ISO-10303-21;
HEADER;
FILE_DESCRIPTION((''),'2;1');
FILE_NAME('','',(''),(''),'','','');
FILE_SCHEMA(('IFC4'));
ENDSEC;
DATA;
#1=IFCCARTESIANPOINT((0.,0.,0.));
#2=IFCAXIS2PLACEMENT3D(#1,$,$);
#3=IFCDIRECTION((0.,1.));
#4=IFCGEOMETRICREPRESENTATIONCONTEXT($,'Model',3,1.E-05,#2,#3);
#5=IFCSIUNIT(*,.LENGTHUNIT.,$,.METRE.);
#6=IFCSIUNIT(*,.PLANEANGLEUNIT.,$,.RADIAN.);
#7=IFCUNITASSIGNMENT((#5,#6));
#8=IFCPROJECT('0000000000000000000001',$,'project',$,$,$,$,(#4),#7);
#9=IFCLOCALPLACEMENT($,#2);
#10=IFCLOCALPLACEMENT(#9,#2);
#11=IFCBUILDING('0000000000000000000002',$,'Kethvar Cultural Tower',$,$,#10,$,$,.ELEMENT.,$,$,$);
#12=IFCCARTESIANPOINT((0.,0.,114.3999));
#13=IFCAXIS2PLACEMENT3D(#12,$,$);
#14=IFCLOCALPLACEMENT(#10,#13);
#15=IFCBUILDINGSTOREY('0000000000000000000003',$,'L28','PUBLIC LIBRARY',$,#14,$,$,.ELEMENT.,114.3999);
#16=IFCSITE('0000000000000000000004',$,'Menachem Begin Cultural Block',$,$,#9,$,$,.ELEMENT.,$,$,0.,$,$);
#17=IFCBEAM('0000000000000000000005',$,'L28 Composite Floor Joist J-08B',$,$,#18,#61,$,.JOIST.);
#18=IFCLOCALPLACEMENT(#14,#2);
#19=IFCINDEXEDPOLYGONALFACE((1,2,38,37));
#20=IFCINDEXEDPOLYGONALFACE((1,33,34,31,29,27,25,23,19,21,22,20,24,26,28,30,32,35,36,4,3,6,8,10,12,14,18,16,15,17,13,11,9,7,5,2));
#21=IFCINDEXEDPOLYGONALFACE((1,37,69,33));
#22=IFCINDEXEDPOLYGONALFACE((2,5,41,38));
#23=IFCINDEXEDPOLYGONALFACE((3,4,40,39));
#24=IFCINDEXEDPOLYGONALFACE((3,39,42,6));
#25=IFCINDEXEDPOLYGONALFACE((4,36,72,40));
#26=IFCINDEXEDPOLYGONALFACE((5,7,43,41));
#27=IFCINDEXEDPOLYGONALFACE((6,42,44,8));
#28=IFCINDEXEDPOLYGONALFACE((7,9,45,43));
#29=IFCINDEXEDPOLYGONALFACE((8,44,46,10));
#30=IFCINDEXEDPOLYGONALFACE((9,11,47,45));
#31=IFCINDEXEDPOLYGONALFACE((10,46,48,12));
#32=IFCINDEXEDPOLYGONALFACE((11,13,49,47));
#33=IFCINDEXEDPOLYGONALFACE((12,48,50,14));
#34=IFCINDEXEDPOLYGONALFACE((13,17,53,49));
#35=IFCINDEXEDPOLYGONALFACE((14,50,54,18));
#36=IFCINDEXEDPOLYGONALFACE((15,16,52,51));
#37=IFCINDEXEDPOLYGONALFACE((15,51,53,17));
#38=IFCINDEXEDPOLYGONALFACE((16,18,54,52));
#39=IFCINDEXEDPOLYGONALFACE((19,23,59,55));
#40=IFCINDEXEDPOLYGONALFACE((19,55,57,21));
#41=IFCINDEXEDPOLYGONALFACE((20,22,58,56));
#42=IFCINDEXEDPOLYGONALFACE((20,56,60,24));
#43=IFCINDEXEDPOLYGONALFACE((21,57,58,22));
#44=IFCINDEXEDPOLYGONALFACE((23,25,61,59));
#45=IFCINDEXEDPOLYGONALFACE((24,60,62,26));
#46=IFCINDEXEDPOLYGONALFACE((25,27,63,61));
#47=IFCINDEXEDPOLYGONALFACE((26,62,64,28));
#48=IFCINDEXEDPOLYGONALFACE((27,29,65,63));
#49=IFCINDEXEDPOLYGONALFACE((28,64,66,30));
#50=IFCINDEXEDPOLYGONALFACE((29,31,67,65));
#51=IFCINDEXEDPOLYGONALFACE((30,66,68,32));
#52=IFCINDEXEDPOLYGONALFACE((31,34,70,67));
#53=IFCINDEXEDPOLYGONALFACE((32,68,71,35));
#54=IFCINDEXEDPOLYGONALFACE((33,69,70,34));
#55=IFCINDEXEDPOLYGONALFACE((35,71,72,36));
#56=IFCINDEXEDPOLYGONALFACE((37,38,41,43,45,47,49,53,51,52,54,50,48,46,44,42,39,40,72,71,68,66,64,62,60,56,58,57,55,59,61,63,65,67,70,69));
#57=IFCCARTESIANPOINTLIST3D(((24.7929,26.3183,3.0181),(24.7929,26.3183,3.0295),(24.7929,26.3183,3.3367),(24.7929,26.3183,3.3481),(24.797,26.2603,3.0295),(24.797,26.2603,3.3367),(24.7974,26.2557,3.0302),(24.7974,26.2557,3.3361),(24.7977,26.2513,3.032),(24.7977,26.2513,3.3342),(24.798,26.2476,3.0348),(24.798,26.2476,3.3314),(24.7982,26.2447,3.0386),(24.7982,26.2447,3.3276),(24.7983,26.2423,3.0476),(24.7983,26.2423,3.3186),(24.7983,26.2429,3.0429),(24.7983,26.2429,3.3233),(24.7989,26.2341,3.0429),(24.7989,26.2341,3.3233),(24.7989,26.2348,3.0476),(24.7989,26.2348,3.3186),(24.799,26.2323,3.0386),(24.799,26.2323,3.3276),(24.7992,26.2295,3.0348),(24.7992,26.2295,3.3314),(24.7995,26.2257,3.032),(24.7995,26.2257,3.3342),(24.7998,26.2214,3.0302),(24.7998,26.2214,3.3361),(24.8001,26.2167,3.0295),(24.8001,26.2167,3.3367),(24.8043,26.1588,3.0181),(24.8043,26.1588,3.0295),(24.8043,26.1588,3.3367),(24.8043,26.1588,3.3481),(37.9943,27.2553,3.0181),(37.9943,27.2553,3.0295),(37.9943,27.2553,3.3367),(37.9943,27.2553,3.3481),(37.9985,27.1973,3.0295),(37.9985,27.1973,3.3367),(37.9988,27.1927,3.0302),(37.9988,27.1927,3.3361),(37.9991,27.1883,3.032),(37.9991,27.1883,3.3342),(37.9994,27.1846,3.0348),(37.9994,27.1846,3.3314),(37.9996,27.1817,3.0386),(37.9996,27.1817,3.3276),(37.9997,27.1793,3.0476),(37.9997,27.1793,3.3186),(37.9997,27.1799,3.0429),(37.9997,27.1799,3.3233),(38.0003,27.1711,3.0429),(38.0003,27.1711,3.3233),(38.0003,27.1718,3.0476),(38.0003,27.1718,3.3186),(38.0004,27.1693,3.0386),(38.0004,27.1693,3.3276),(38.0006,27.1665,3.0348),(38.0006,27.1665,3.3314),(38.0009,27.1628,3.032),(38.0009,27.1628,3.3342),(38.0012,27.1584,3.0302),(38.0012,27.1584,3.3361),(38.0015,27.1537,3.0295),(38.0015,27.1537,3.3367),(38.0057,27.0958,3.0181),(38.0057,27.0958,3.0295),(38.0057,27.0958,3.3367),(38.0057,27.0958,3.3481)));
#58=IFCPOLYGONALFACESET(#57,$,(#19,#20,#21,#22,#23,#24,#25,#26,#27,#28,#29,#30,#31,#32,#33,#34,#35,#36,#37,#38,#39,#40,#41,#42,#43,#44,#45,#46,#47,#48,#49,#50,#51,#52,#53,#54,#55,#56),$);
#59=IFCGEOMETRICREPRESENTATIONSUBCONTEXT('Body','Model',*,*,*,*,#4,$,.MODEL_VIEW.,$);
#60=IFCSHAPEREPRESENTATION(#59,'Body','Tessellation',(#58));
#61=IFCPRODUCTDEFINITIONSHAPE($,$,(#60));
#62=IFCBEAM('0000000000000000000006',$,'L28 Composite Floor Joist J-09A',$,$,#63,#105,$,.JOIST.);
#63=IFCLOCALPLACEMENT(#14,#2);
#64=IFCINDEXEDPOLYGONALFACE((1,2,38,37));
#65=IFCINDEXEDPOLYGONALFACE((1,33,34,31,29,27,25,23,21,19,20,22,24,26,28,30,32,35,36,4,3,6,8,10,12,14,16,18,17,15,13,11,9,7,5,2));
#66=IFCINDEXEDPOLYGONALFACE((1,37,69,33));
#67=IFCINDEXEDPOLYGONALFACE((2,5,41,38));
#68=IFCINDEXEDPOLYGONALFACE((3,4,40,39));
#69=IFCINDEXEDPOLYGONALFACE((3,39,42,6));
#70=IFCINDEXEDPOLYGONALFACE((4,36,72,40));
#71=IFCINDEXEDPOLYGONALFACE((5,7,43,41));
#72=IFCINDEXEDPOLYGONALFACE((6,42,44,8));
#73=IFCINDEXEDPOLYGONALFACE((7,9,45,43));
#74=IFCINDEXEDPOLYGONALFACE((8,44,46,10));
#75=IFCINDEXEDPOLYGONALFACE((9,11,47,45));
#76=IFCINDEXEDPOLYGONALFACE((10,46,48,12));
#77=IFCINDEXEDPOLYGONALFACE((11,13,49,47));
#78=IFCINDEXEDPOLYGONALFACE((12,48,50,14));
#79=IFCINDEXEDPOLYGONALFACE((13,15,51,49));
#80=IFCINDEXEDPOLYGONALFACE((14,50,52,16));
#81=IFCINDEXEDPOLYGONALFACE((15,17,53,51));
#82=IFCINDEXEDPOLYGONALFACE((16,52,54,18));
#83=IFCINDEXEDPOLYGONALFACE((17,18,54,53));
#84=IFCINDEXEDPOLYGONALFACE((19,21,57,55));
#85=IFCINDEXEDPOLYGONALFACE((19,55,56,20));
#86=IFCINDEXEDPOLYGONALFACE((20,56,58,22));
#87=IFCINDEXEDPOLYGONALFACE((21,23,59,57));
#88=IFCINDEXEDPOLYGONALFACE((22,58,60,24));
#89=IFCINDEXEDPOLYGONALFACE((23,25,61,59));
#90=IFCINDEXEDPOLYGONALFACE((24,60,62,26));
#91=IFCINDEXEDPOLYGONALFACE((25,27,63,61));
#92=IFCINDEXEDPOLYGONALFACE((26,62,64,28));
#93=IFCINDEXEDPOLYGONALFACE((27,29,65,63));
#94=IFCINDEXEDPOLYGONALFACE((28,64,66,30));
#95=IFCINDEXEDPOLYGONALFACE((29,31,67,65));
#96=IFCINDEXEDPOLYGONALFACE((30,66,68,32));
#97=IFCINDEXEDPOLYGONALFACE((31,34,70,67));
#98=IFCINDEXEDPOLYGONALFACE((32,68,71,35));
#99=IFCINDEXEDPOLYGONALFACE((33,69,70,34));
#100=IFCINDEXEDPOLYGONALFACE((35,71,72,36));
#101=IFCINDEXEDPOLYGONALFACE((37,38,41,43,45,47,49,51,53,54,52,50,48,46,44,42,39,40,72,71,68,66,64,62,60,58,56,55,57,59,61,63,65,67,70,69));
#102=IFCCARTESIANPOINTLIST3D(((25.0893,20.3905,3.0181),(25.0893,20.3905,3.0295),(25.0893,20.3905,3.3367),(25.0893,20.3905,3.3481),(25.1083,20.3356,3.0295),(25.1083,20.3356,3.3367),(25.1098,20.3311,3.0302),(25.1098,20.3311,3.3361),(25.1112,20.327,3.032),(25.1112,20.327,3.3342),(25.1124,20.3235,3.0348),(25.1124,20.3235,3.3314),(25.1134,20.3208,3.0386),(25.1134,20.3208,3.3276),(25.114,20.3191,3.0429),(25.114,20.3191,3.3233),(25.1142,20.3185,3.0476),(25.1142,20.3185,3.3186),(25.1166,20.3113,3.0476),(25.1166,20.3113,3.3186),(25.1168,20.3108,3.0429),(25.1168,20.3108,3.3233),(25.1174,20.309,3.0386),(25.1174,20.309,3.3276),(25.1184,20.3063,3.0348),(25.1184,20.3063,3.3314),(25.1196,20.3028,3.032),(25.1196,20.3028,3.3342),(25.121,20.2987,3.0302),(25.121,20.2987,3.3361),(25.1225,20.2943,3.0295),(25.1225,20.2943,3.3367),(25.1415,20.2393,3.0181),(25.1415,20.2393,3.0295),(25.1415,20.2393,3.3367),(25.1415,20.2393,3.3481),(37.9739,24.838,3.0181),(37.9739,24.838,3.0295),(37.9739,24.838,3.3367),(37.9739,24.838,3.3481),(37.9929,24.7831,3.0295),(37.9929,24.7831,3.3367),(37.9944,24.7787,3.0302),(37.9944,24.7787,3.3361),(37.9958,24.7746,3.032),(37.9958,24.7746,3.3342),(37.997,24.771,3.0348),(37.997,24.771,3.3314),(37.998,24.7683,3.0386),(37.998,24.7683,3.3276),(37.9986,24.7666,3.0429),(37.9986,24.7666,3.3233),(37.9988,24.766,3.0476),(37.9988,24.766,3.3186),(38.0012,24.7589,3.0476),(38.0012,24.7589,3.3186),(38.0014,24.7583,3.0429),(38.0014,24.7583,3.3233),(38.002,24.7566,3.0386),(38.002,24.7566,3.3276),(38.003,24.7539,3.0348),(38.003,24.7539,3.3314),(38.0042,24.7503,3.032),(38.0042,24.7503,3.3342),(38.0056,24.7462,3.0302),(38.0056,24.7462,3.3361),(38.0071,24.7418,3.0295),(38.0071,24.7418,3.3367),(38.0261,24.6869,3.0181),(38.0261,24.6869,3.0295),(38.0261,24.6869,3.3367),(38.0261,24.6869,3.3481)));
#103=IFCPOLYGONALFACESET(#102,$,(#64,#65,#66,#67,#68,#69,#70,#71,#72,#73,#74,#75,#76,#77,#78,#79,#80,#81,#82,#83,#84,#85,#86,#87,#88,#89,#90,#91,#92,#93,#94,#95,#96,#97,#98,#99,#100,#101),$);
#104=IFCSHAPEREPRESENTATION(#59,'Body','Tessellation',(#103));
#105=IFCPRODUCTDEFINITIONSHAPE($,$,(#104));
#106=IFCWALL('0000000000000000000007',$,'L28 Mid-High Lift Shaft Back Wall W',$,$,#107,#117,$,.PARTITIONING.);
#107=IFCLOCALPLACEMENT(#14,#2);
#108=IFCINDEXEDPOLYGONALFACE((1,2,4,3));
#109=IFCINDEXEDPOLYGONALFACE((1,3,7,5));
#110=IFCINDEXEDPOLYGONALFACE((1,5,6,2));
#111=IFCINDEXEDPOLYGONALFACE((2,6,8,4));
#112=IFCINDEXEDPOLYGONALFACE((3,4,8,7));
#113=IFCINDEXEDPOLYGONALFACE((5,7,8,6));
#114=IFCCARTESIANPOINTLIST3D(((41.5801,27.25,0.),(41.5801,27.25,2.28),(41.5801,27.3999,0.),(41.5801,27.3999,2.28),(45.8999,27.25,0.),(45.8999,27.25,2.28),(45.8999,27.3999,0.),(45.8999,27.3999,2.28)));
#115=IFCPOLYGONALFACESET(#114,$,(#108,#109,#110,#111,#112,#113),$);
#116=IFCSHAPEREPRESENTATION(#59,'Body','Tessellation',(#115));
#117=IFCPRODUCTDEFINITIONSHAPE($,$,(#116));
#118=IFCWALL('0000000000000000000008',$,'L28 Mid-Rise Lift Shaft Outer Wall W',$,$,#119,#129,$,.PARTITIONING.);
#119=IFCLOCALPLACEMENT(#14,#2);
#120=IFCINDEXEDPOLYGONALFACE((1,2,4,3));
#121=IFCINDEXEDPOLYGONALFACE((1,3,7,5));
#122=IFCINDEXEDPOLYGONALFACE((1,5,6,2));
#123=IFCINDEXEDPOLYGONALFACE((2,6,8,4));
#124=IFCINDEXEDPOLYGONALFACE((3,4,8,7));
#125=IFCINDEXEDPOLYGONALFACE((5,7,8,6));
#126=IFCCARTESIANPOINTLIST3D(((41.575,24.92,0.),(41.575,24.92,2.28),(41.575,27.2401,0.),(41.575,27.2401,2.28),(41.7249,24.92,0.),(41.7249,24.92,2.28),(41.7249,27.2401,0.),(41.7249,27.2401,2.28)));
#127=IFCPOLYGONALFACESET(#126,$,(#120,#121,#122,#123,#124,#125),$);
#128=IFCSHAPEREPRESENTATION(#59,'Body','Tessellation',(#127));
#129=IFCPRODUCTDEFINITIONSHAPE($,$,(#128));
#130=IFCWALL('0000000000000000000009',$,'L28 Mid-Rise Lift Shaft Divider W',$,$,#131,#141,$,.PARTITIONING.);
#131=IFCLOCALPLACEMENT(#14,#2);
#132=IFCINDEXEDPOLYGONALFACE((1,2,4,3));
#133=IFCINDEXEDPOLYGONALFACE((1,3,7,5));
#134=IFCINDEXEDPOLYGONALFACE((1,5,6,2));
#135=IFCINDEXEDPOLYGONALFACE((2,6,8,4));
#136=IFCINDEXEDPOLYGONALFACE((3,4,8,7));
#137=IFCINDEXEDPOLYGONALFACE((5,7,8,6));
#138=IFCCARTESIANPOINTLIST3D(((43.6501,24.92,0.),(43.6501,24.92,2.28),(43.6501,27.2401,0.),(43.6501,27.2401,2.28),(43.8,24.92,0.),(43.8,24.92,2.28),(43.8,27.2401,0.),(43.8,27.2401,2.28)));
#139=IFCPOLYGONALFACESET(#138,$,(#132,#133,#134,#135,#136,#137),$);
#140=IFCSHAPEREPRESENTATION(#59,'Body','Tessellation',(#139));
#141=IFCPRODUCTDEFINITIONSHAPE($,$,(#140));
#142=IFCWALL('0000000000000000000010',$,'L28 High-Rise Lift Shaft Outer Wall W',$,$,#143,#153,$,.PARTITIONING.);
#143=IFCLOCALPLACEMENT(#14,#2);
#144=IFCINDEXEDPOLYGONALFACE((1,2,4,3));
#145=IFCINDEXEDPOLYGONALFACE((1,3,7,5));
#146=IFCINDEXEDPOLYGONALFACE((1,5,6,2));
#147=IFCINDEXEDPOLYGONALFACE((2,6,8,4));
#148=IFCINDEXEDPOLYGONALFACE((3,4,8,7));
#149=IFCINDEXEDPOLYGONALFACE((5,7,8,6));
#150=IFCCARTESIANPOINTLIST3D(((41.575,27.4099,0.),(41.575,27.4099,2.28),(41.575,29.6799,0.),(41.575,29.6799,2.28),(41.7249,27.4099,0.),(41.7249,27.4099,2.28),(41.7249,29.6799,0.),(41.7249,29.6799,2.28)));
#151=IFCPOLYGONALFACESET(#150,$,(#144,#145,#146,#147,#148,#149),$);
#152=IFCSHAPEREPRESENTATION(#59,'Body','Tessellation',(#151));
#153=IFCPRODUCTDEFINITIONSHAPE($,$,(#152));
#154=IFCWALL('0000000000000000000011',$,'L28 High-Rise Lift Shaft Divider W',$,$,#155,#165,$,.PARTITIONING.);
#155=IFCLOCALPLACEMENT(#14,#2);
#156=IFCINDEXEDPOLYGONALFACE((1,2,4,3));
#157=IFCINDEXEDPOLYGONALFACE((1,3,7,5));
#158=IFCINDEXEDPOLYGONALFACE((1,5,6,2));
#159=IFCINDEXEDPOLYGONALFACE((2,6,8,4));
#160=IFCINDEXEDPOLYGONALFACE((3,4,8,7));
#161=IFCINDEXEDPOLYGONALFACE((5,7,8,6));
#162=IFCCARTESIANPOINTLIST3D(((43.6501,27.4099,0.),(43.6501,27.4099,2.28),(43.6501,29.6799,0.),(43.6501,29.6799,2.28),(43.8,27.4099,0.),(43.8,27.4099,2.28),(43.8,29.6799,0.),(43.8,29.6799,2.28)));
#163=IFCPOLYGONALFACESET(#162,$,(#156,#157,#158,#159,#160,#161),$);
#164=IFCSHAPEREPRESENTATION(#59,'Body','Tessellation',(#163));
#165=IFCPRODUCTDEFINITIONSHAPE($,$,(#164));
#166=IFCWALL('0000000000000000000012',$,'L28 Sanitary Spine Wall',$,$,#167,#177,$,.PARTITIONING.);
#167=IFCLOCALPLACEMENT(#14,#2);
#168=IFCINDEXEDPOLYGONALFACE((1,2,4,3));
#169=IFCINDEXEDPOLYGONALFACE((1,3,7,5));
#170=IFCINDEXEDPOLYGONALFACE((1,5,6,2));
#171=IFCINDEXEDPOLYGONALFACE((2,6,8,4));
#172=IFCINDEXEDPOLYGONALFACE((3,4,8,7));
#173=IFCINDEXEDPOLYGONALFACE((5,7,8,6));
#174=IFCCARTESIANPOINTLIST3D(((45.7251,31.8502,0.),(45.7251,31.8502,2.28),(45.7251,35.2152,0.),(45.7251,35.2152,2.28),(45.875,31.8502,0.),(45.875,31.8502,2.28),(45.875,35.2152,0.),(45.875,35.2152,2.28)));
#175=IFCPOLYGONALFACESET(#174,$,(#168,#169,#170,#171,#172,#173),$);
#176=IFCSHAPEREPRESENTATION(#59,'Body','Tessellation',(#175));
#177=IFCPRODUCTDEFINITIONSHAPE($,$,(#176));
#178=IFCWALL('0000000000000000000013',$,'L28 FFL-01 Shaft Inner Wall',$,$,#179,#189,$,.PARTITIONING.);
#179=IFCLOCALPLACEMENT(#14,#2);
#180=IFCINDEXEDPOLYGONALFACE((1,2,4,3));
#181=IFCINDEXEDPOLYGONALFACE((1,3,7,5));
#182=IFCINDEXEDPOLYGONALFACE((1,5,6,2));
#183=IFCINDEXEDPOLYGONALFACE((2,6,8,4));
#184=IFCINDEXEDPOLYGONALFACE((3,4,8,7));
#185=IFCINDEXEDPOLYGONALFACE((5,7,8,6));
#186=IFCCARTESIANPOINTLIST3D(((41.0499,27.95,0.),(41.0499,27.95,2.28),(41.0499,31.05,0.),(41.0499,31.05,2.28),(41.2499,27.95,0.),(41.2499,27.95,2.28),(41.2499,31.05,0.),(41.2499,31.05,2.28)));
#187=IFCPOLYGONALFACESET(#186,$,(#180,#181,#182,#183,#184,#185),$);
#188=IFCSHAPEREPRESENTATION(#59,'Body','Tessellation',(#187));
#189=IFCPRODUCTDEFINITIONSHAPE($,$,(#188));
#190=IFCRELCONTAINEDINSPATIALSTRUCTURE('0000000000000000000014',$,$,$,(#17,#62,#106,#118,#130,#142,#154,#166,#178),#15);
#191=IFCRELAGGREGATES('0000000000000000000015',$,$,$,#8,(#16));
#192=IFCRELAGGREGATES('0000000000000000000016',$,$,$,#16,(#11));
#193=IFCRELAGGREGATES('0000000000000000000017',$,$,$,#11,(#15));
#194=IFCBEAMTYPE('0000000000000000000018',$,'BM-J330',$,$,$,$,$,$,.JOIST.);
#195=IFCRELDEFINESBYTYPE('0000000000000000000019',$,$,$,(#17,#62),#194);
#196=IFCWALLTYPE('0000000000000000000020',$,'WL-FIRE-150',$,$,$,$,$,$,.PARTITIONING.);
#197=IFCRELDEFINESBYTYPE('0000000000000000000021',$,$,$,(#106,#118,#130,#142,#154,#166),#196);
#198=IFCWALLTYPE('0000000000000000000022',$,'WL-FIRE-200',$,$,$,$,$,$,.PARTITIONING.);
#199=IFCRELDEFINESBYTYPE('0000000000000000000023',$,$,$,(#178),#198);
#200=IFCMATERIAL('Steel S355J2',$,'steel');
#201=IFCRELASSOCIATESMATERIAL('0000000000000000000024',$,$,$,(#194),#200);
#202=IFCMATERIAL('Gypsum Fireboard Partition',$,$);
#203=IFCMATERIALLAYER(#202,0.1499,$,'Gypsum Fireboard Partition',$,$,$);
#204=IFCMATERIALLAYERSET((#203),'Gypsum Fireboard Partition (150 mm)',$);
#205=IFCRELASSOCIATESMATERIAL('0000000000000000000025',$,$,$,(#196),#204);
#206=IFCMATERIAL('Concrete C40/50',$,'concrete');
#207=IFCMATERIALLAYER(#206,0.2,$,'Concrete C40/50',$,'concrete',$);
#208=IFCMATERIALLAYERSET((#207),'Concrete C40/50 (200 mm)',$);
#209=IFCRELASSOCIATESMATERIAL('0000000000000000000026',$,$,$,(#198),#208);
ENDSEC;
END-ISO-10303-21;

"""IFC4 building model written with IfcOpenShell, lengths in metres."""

from ifc_helpers import new_model, si_unit, direction, frame, frame_2d, origin, origin_2d, place, context, subcontext, project, spatial, rectangle, i_section, extrude, source, transform, mapped, material, layer, layer_set, material_profile, profile_set, type_object, element, save


model = new_model("IFC4")

# Units and contexts
model_context = context("Model", 3, precision=1e-05, world=origin(), true_north=direction((0.0, 1.0)))
body_context = subcontext(model_context, "Body", "Model", "MODEL_VIEW")
ifc_project = project(units=[si_unit("LENGTHUNIT", "METRE"), si_unit("PLANEANGLEUNIT", "RADIAN")], contexts=[model_context])

# Site, building, storey
site_placement = place(None, origin())
site = spatial("IfcSite", under=ifc_project, at=site_placement, Name="Menachem Begin Cultural Block", CompositionType="ELEMENT", RefElevation=0.0)
building_placement = place(site_placement, origin())
building = spatial("IfcBuilding", under=site, at=building_placement, Name="Kethvar Cultural Tower", CompositionType="ELEMENT")
storey_placement = place(building_placement, frame((0.0, 0.0, 114.3999)))
storey = spatial("IfcBuildingStorey", under=building, at=storey_placement, Name="L28", Description="PUBLIC LIBRARY", CompositionType="ELEMENT", Elevation=114.3999)

# Beams
ifc_material_1 = material(Name="Steel S355J2", Category="steel")
ifc_material_profile_1 = material_profile(ifc_material_1, i_section(OverallWidth=0.1599, OverallDepth=0.3301, WebThickness=0.0076, FlangeThickness=0.0115, FilletRadius=0.0181, at=origin_2d()), Name="Steel S355J2 — IPE330")
ifc_profile_set_1 = profile_set([ifc_material_profile_1], Name="Steel S355J2 — IPE330")
beam_type_1 = type_object("IfcBeamType", Name="BM-J330", PredefinedType="JOIST", material=ifc_profile_set_1)
shared_shape_1 = source(origin(), body_context, "Body", "SweptSolid", [
    extrude(i_section(OverallWidth=0.1599, OverallDepth=0.3301, WebThickness=0.0076, FlangeThickness=0.0115, FilletRadius=0.0181, at=origin_2d()), origin(), (0.0, 0.0, 1.0), 13.2346),
])
beam_1_placement = place(storey_placement, frame((38.0, 27.1755, 3.1831), z_axis=(-0.997491, -0.0708, 0.0), x_axis=(0.0708, -0.997491, 0.0)))
element("IfcBeam", 1, at=beam_1_placement, inside=storey, type_object=beam_type_1, Name="L28 Composite Floor Joist J-08B", PredefinedType="JOIST", context=body_context, shape_type="MappedRepresentation", body=[
    mapped(shared_shape_1, transform((0.0, 0.0, 0.0), scale=1.0)),
])
shared_shape_2 = source(origin(), body_context, "Body", "SweptSolid", [
    extrude(i_section(OverallWidth=0.1599, OverallDepth=0.3301, WebThickness=0.0076, FlangeThickness=0.0115, FilletRadius=0.0181, at=origin_2d()), origin(), (0.0, 0.0, 1.0), 13.6306),
])
beam_2_placement = place(storey_placement, frame((38.0, 24.7625, 3.1831), z_axis=(-0.94527, -0.32629, 0.0), x_axis=(0.32629, -0.94527, 0.0)))
element("IfcBeam", 2, at=beam_2_placement, inside=storey, type_object=beam_type_1, Name="L28 Composite Floor Joist J-09A", PredefinedType="JOIST", context=body_context, shape_type="MappedRepresentation", body=[
    mapped(shared_shape_2, transform((0.0, 0.0, 0.0), scale=1.0)),
])

# Walls
ifc_material_2 = material(Name="Gypsum Fireboard Partition")
ifc_layer_1 = layer(ifc_material_2, 0.1499, Name="Gypsum Fireboard Partition")
ifc_layer_set_1 = layer_set([ifc_layer_1], Name="Gypsum Fireboard Partition (150 mm)")
wall_type_1 = type_object("IfcWallType", Name="WL-FIRE-150", PredefinedType="PARTITIONING", material=ifc_layer_set_1)
wall_1_placement = place(storey_placement, frame((41.5801, 27.325, 0.0), z_axis=(0.0, 0.0, 1.0), x_axis=(1.0, 0.0, 0.0)))
element("IfcWall", 3, at=wall_1_placement, inside=storey, type_object=wall_type_1, Name="L28 Mid-High Lift Shaft Back Wall W", PredefinedType="PARTITIONING", context=body_context, shape_type="SweptSolid", body=[
    extrude(rectangle(XDim=4.3198, YDim=0.1499, at=frame_2d((2.1599, 0.0))), origin(), (0.0, 0.0, 1.0), 2.28),
])
for number, where, z_axis, x_axis, name in (
    (4, (41.6499, 24.9199, 0.0), (0.0, 0.0, 1.0), (0.0, 1.0, 0.0), "L28 Mid-Rise Lift Shaft Outer Wall W"),
    (5, (43.7251, 24.9199, 0.0), (0.0, 0.0, 1.0), (0.0, 1.0, 0.0), "L28 Mid-Rise Lift Shaft Divider W"),
):
    element("IfcWall", number, at=place(storey_placement, frame(where, z_axis=z_axis, x_axis=x_axis)), inside=storey, type_object=wall_type_1, Name=name, PredefinedType="PARTITIONING", context=body_context, shape_type="SweptSolid", body=[
        extrude(rectangle(XDim=2.3201, YDim=0.1499, at=frame_2d((1.1602, 0.0))), origin(), (0.0, 0.0, 1.0), 2.28),
    ])
for number, where, z_axis, x_axis, name in (
    (6, (41.6499, 27.4099, 0.0), (0.0, 0.0, 1.0), (0.0, 1.0, 0.0), "L28 High-Rise Lift Shaft Outer Wall W"),
    (7, (43.7251, 27.4099, 0.0), (0.0, 0.0, 1.0), (0.0, 1.0, 0.0), "L28 High-Rise Lift Shaft Divider W"),
):
    element("IfcWall", number, at=place(storey_placement, frame(where, z_axis=z_axis, x_axis=x_axis)), inside=storey, type_object=wall_type_1, Name=name, PredefinedType="PARTITIONING", context=body_context, shape_type="SweptSolid", body=[
        extrude(rectangle(XDim=2.27, YDim=0.1499, at=frame_2d((1.135, 0.0))), origin(), (0.0, 0.0, 1.0), 2.28),
    ])
wall_2_placement = place(storey_placement, frame((45.8, 31.8501, 0.0), z_axis=(0.0, 0.0, 1.0), x_axis=(0.0, 1.0, 0.0)))
element("IfcWall", 8, at=wall_2_placement, inside=storey, type_object=wall_type_1, Name="L28 Sanitary Spine Wall", PredefinedType="PARTITIONING", context=body_context, shape_type="SweptSolid", body=[
    extrude(rectangle(XDim=3.365, YDim=0.1499, at=frame_2d((1.6826, 0.0))), origin(), (0.0, 0.0, 1.0), 2.28),
])
ifc_material_3 = material(Name="Concrete C40/50", Category="concrete")
ifc_layer_2 = layer(ifc_material_3, 0.2, Name="Concrete C40/50", Category="concrete")
ifc_layer_set_2 = layer_set([ifc_layer_2], Name="Concrete C40/50 (200 mm)")
wall_type_2 = type_object("IfcWallType", Name="WL-FIRE-200", PredefinedType="PARTITIONING", material=ifc_layer_set_2)
wall_3_placement = place(storey_placement, frame((41.1499, 27.95, 0.0), z_axis=(0.0, 0.0, 1.0), x_axis=(0.0, 1.0, 0.0)))
element("IfcWall", 9, at=wall_3_placement, inside=storey, type_object=wall_type_2, Name="L28 FFL-01 Shaft Inner Wall", PredefinedType="PARTITIONING", context=body_context, shape_type="SweptSolid", body=[
    extrude(rectangle(XDim=3.1001, YDim=0.2, at=frame_2d((1.55, 0.0))), origin(), (0.0, 0.0, 1.0), 2.28),
])

save(model, "model.ifc")
